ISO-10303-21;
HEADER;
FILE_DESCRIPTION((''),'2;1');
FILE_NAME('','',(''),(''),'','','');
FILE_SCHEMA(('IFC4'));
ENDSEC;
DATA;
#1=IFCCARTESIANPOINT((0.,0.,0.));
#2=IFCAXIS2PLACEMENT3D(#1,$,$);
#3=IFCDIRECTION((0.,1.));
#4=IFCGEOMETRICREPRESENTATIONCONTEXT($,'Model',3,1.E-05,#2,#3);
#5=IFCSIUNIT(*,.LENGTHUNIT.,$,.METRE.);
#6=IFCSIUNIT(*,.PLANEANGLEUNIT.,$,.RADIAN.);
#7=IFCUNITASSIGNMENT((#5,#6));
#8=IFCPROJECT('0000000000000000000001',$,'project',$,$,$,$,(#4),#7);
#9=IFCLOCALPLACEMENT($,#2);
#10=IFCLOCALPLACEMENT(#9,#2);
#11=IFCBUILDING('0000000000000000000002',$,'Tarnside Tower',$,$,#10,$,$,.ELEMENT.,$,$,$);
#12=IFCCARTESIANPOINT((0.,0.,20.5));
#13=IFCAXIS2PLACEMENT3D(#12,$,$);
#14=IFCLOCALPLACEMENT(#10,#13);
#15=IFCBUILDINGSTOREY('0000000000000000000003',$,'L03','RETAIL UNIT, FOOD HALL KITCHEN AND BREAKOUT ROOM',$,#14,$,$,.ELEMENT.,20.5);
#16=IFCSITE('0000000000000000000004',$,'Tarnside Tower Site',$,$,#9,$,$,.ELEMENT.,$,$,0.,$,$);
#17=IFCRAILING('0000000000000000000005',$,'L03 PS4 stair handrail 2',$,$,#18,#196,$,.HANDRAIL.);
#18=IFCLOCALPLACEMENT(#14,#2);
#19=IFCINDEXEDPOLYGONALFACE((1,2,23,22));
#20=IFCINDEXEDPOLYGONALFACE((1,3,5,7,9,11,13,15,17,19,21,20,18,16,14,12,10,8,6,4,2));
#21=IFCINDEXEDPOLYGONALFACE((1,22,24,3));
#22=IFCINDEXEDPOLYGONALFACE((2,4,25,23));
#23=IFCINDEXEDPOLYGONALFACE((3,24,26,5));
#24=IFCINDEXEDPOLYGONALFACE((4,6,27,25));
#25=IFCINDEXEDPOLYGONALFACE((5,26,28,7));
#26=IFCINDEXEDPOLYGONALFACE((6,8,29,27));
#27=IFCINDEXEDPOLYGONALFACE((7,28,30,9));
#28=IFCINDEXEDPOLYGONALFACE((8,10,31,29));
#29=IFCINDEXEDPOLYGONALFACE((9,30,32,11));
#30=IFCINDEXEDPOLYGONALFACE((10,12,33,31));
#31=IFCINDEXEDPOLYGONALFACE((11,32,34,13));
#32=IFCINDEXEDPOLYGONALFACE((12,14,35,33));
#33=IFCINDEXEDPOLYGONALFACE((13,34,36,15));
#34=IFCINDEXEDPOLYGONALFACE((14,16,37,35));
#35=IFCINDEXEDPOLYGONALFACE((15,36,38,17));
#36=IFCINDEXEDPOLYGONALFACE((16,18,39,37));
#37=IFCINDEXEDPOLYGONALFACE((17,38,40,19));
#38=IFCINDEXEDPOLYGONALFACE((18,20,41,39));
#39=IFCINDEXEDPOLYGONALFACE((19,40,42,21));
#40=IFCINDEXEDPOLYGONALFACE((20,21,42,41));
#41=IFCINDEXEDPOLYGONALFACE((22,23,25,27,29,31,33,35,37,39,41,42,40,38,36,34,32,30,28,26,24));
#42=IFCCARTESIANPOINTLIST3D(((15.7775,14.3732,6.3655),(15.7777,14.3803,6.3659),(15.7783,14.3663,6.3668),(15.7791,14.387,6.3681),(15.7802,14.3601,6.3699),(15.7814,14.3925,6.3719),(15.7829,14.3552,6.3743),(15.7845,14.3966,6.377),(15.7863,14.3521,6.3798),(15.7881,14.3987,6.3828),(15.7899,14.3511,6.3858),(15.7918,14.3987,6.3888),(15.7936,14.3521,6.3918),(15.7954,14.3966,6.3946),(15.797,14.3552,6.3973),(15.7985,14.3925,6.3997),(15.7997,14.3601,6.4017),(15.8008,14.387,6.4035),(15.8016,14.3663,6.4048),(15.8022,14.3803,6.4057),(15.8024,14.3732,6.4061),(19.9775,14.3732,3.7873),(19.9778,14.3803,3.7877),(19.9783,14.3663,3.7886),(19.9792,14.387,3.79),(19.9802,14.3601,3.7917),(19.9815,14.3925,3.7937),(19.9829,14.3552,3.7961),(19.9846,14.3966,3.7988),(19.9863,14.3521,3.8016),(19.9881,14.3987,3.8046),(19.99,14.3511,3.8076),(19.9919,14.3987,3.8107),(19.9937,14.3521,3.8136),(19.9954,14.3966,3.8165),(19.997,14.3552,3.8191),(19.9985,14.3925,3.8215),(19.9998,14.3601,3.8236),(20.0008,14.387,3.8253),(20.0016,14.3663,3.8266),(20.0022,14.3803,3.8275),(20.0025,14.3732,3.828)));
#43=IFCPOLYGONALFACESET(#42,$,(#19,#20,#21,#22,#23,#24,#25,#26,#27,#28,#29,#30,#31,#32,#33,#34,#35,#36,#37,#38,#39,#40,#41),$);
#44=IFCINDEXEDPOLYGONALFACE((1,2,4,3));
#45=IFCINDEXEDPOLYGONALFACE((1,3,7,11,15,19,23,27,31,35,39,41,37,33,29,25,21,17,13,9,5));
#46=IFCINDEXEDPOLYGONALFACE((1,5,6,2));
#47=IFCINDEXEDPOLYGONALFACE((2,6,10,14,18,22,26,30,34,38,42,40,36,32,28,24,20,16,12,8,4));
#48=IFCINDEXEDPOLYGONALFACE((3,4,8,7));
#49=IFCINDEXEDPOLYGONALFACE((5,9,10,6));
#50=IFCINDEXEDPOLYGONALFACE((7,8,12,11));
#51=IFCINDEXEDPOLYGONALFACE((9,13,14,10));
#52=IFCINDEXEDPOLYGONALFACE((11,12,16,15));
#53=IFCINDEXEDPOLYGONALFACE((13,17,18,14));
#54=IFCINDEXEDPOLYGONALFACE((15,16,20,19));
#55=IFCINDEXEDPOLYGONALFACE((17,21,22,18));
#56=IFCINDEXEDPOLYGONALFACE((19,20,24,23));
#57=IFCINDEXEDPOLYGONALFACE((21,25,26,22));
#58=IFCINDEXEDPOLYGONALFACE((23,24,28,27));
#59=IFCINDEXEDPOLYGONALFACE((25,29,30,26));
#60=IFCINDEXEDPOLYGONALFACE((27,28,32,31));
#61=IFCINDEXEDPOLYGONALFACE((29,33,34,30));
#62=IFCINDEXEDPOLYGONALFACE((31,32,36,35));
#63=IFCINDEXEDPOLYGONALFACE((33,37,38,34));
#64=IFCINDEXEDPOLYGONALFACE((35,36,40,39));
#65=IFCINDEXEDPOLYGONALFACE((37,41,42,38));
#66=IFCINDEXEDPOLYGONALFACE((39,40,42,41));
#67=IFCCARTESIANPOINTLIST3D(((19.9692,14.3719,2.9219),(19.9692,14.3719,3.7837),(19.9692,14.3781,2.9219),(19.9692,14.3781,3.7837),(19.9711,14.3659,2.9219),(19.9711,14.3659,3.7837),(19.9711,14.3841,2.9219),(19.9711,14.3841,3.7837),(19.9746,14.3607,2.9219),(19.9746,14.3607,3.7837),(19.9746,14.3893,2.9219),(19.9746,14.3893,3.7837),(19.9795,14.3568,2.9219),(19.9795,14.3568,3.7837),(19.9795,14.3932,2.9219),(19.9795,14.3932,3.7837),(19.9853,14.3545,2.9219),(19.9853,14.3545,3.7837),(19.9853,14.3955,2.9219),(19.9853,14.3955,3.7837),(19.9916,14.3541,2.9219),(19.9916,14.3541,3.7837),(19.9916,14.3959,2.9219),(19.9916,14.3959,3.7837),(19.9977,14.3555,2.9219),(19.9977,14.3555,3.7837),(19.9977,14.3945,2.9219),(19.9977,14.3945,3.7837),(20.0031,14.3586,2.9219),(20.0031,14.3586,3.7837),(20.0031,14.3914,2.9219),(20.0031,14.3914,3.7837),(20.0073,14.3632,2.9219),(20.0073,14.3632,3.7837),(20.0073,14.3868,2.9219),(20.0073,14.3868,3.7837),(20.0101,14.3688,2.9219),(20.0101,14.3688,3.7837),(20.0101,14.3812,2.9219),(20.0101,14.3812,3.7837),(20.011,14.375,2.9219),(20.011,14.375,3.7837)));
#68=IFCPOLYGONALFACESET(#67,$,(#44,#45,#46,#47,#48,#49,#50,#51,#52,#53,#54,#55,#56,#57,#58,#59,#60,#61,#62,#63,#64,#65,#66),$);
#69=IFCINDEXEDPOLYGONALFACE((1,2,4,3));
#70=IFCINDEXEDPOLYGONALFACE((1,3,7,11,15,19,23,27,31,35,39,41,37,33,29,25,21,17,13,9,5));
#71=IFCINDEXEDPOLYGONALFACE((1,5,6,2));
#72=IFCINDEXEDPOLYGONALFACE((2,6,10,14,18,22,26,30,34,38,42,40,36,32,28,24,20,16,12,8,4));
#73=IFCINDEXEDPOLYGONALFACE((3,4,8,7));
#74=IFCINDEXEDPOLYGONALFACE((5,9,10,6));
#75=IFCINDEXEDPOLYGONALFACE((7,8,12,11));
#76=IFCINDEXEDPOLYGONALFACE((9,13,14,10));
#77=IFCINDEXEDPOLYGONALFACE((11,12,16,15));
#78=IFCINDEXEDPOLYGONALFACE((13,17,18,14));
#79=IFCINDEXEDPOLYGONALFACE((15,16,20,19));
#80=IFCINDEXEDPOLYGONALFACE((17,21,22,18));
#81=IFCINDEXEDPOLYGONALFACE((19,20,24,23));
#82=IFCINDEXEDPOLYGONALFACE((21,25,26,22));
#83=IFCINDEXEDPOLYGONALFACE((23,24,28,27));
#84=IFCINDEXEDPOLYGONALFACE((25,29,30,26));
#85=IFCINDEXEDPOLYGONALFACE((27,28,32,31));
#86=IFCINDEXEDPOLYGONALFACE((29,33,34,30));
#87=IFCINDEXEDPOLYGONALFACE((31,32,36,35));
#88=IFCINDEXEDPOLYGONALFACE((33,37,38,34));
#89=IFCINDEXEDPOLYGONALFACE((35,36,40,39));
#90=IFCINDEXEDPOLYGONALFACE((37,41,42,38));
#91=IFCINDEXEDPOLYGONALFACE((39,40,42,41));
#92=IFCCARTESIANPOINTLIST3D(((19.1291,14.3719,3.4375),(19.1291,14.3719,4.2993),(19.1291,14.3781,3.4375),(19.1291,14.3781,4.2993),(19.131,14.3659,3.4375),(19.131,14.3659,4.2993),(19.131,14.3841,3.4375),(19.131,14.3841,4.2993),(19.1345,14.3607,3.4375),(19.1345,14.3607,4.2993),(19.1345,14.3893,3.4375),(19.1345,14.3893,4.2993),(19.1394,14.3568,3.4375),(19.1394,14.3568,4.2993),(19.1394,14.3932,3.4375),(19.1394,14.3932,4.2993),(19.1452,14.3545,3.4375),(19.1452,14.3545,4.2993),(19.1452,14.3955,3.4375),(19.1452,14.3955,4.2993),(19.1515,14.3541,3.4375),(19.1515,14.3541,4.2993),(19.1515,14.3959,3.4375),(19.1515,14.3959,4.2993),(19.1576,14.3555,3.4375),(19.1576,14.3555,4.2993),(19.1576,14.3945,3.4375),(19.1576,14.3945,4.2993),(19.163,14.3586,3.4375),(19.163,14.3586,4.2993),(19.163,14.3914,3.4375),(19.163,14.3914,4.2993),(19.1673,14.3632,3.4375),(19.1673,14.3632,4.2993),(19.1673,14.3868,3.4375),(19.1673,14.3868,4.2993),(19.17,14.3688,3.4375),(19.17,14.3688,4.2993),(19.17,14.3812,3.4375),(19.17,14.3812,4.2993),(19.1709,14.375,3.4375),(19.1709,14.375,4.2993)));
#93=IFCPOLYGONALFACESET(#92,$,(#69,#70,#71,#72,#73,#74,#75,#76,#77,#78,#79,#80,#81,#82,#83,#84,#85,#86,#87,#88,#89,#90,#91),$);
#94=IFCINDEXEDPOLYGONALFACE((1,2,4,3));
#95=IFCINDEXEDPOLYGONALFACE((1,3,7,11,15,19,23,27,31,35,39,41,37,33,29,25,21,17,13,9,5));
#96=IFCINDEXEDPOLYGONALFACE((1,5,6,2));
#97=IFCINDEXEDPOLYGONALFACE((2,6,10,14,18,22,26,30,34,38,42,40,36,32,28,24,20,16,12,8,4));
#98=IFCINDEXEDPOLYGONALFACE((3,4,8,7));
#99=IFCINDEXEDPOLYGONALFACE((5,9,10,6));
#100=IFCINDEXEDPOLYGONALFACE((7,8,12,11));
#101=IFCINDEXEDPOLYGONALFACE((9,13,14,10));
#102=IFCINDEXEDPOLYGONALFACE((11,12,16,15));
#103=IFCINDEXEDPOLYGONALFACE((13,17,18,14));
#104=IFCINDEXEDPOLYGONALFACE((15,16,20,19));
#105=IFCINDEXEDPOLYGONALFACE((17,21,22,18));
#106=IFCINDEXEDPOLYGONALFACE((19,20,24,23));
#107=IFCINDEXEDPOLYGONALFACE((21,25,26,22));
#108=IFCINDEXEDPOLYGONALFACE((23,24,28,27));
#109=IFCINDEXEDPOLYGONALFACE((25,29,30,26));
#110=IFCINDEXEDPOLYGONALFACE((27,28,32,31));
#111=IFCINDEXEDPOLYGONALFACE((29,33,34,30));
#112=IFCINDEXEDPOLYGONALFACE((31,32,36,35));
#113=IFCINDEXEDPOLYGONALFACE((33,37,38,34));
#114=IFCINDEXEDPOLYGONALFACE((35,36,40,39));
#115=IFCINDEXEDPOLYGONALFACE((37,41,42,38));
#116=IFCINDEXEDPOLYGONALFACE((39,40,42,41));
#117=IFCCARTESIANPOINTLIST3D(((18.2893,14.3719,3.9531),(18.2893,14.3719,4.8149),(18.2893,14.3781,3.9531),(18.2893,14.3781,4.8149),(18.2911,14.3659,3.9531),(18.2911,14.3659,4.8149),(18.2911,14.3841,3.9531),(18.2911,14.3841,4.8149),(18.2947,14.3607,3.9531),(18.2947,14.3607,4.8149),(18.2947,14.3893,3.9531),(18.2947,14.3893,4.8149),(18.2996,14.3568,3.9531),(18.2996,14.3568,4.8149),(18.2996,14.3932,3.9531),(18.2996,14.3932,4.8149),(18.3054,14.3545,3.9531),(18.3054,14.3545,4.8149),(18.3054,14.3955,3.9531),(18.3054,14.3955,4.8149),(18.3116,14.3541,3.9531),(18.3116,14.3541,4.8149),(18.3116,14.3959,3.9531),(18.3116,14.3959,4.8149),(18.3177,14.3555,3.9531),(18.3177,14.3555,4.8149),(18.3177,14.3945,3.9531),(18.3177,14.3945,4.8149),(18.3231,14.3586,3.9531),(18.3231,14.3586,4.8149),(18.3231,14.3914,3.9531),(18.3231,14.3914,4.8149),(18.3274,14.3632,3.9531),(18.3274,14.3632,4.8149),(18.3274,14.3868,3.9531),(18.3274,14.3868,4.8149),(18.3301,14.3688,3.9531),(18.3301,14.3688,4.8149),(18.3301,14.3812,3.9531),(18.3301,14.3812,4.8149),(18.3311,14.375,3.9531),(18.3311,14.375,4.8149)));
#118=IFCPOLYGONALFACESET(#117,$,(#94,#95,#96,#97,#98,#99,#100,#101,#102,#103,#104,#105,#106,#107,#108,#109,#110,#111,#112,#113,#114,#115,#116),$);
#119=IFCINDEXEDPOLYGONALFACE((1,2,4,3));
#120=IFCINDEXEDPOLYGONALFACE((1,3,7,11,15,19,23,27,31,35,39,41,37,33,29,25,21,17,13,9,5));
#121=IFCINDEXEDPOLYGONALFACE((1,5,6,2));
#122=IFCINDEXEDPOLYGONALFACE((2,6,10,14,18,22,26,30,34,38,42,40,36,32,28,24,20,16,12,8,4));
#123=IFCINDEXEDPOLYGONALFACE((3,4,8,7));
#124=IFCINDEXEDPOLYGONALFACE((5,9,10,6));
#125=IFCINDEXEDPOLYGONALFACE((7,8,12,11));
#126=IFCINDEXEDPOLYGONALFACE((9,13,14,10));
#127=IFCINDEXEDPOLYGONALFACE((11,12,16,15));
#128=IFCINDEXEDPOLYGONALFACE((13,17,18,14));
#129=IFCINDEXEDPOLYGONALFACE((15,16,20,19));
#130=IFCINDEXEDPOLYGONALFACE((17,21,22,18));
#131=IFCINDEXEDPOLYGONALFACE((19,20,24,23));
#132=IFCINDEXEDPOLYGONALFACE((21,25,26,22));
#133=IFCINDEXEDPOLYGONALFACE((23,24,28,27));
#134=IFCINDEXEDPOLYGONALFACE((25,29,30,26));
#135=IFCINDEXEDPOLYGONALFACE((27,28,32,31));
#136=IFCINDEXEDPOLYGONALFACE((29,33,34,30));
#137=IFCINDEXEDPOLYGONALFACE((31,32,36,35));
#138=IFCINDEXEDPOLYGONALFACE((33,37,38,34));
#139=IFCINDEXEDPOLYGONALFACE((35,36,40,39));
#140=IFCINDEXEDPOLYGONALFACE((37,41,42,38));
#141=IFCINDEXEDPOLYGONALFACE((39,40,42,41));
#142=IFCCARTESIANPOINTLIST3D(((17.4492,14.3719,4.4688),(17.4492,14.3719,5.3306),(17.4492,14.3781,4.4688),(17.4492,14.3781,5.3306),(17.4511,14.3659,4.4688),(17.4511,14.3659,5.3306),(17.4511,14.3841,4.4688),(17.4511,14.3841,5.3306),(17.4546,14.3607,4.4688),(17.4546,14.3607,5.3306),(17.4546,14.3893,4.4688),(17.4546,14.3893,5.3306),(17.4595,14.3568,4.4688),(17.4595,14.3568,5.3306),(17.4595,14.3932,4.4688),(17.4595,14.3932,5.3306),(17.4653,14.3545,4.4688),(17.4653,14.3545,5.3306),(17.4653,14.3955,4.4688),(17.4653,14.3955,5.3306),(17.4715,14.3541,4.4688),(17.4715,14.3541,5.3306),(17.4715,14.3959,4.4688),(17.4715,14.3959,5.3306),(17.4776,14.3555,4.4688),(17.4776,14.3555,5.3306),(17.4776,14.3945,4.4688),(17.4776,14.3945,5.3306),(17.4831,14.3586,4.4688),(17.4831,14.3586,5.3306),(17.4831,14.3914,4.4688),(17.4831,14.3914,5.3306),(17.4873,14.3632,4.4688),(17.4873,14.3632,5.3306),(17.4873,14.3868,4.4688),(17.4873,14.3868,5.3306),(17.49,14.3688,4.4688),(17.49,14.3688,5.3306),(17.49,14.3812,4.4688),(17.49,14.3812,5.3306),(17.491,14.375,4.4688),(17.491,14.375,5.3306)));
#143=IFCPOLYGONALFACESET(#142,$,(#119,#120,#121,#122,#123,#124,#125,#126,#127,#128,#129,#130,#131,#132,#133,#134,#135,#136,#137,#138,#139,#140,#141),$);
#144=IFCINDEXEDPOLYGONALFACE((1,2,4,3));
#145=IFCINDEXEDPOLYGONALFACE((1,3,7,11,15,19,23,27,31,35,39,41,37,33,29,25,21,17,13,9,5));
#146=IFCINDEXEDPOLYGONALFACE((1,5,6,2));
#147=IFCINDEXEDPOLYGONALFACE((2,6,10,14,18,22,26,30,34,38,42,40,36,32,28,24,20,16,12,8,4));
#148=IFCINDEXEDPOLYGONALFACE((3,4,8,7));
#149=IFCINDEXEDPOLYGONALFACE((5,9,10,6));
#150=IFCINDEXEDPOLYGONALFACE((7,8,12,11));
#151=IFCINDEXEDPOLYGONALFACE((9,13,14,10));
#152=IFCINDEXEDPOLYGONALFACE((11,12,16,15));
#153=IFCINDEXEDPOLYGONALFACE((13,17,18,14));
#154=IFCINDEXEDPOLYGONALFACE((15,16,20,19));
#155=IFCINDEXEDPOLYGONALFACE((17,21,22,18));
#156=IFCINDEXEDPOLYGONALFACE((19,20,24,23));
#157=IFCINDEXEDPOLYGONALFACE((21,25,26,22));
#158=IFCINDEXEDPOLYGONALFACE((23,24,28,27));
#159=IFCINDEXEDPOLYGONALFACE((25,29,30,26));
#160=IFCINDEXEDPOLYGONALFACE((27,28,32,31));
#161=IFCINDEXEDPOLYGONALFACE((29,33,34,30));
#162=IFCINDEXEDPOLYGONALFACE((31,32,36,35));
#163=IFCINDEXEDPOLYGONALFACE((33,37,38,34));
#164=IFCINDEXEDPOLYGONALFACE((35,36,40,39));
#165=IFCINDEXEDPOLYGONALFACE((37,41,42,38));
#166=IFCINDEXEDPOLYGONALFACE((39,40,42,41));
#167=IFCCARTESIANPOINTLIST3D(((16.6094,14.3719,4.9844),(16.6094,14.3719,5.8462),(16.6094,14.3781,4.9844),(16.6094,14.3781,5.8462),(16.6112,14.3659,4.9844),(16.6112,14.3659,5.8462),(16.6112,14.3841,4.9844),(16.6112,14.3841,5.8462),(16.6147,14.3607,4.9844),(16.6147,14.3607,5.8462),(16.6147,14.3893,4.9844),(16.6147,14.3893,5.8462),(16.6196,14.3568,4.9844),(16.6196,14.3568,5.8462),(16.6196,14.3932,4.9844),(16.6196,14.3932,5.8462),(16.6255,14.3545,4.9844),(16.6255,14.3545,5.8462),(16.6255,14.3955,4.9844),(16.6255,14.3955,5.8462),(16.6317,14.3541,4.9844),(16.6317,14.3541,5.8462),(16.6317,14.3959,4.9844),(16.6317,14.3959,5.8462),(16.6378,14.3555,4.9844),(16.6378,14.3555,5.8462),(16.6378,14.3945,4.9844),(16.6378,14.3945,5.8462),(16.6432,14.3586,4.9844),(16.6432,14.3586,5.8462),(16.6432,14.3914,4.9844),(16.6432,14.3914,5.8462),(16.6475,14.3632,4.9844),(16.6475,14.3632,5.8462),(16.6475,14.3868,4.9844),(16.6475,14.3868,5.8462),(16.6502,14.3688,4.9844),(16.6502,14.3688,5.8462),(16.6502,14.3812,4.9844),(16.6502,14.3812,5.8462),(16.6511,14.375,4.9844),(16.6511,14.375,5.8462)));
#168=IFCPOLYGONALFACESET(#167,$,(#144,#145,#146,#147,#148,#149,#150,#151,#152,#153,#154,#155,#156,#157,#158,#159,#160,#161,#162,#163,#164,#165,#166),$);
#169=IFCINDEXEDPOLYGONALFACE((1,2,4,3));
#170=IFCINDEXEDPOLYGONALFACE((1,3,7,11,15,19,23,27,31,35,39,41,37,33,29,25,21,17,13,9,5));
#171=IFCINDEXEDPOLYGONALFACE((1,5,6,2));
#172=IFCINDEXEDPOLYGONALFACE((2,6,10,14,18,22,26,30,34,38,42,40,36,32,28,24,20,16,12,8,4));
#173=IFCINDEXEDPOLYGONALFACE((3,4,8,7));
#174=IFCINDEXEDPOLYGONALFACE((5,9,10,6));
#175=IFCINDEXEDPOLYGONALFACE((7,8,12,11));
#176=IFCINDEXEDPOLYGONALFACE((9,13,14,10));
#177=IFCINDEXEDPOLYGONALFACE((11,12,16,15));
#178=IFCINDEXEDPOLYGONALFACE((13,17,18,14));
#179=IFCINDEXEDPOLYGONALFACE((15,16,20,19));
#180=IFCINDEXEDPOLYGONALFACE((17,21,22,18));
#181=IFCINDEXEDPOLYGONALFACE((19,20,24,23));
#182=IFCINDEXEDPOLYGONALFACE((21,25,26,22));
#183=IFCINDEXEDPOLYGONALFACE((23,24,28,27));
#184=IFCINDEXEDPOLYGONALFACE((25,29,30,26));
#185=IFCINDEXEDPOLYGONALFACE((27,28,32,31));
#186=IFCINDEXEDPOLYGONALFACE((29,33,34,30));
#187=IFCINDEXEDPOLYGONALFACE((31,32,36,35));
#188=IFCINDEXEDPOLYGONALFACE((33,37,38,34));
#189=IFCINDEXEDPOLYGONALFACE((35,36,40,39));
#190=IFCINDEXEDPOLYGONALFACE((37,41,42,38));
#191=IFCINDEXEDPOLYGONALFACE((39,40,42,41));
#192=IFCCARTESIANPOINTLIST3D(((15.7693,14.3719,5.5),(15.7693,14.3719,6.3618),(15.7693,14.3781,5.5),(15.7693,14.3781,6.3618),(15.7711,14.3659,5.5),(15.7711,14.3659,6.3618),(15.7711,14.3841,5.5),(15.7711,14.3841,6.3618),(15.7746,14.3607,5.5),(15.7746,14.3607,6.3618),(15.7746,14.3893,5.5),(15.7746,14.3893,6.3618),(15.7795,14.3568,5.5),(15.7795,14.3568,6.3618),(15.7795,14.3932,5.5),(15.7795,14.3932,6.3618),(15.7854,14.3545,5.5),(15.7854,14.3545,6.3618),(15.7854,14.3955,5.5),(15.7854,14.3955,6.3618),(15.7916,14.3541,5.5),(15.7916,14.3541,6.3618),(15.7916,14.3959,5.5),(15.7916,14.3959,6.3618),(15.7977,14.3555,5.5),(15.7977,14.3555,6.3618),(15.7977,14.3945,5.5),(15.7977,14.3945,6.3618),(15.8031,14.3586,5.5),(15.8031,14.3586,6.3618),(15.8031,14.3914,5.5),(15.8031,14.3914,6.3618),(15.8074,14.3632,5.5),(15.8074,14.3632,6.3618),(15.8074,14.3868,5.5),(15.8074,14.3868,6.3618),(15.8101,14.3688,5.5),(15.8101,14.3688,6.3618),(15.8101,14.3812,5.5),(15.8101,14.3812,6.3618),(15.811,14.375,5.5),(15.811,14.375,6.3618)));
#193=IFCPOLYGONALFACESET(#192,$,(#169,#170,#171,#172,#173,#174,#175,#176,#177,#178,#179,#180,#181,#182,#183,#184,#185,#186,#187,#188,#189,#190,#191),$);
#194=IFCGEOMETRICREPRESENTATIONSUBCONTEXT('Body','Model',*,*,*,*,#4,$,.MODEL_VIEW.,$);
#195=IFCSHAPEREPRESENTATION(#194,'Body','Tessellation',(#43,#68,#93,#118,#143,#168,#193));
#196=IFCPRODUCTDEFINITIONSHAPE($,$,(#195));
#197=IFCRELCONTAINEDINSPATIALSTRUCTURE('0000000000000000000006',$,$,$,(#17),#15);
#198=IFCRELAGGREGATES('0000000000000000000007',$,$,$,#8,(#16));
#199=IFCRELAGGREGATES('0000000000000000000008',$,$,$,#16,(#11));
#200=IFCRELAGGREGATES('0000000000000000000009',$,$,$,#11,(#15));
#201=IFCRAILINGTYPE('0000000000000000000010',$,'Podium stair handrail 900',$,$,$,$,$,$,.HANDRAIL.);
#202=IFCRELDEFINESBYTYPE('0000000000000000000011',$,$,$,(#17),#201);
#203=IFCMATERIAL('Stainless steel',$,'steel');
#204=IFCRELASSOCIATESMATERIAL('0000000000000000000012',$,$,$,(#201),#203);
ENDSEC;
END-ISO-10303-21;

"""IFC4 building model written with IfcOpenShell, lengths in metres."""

from ifc_helpers import new_model, si_unit, direction, frame, origin, origin_2d, place, context, subcontext, project, spatial, circle, extrude, material, type_object, element, save


model = new_model("IFC4")

# Units and contexts
model_context = context("Model", 3, precision=1e-05, world=origin(), true_north=direction((0.0, 1.0)))
body_context = subcontext(model_context, "Body", "Model", "MODEL_VIEW")
ifc_project = project(units=[si_unit("LENGTHUNIT", "METRE"), si_unit("PLANEANGLEUNIT", "RADIAN")], contexts=[model_context])

# Site, building, storey
site_placement = place(None, origin())
site = spatial("IfcSite", under=ifc_project, at=site_placement, Name="Tarnside Tower Site", CompositionType="ELEMENT", RefElevation=0.0)
building_placement = place(site_placement, origin())
building = spatial("IfcBuilding", under=site, at=building_placement, Name="Tarnside Tower", CompositionType="ELEMENT")
storey_placement = place(building_placement, frame((0.0, 0.0, 20.5)))
storey = spatial("IfcBuildingStorey", under=building, at=storey_placement, Name="L03", Description="RETAIL UNIT, FOOD HALL KITCHEN AND BREAKOUT ROOM", CompositionType="ELEMENT", Elevation=20.5)

# Railing
ifc_material_1 = material(Name="Stainless steel", Category="steel")
railing_type_1 = type_object("IfcRailingType", Name="Podium stair handrail 900", PredefinedType="HANDRAIL", material=ifc_material_1)
railing_1_placement = place(storey_placement, frame((19.99, 14.375, 2.9219)))
element("IfcRailing", 1, at=railing_1_placement, inside=storey, type_object=railing_type_1, Name="L03 PS4 stair handrail 2", PredefinedType="HANDRAIL", context=body_context, shape_type="SweptSolid", body=[
    extrude(circle(Radius=0.0239, at=origin_2d()), frame((0.0, 0.0, 0.8857), z_axis=(-0.852243, 0.0, 0.523146), x_axis=(0.0, -1.0, 0.0)), (0.0, 0.0, 1.0), 4.9282),
    extrude(circle(Radius=0.021, at=origin_2d()), origin(), (0.0, 0.0, 1.0), 0.8618),
    extrude(circle(Radius=0.021, at=origin_2d()), frame((-0.8401, 0.0, 0.5156)), (0.0, 0.0, 1.0), 0.8618),
    extrude(circle(Radius=0.021, at=origin_2d()), frame((-1.6799, 0.0, 1.0312)), (0.0, 0.0, 1.0), 0.8618),
    extrude(circle(Radius=0.021, at=origin_2d()), frame((-2.52, 0.0, 1.5469)), (0.0, 0.0, 1.0), 0.8618),
    extrude(circle(Radius=0.021, at=origin_2d()), frame((-3.3599, 0.0, 2.0625)), (0.0, 0.0, 1.0), 0.8618),
    extrude(circle(Radius=0.021, at=origin_2d()), frame((-4.2, 0.0, 2.5781)), (0.0, 0.0, 1.0), 0.8618),
])

save(model, "model.ifc")
